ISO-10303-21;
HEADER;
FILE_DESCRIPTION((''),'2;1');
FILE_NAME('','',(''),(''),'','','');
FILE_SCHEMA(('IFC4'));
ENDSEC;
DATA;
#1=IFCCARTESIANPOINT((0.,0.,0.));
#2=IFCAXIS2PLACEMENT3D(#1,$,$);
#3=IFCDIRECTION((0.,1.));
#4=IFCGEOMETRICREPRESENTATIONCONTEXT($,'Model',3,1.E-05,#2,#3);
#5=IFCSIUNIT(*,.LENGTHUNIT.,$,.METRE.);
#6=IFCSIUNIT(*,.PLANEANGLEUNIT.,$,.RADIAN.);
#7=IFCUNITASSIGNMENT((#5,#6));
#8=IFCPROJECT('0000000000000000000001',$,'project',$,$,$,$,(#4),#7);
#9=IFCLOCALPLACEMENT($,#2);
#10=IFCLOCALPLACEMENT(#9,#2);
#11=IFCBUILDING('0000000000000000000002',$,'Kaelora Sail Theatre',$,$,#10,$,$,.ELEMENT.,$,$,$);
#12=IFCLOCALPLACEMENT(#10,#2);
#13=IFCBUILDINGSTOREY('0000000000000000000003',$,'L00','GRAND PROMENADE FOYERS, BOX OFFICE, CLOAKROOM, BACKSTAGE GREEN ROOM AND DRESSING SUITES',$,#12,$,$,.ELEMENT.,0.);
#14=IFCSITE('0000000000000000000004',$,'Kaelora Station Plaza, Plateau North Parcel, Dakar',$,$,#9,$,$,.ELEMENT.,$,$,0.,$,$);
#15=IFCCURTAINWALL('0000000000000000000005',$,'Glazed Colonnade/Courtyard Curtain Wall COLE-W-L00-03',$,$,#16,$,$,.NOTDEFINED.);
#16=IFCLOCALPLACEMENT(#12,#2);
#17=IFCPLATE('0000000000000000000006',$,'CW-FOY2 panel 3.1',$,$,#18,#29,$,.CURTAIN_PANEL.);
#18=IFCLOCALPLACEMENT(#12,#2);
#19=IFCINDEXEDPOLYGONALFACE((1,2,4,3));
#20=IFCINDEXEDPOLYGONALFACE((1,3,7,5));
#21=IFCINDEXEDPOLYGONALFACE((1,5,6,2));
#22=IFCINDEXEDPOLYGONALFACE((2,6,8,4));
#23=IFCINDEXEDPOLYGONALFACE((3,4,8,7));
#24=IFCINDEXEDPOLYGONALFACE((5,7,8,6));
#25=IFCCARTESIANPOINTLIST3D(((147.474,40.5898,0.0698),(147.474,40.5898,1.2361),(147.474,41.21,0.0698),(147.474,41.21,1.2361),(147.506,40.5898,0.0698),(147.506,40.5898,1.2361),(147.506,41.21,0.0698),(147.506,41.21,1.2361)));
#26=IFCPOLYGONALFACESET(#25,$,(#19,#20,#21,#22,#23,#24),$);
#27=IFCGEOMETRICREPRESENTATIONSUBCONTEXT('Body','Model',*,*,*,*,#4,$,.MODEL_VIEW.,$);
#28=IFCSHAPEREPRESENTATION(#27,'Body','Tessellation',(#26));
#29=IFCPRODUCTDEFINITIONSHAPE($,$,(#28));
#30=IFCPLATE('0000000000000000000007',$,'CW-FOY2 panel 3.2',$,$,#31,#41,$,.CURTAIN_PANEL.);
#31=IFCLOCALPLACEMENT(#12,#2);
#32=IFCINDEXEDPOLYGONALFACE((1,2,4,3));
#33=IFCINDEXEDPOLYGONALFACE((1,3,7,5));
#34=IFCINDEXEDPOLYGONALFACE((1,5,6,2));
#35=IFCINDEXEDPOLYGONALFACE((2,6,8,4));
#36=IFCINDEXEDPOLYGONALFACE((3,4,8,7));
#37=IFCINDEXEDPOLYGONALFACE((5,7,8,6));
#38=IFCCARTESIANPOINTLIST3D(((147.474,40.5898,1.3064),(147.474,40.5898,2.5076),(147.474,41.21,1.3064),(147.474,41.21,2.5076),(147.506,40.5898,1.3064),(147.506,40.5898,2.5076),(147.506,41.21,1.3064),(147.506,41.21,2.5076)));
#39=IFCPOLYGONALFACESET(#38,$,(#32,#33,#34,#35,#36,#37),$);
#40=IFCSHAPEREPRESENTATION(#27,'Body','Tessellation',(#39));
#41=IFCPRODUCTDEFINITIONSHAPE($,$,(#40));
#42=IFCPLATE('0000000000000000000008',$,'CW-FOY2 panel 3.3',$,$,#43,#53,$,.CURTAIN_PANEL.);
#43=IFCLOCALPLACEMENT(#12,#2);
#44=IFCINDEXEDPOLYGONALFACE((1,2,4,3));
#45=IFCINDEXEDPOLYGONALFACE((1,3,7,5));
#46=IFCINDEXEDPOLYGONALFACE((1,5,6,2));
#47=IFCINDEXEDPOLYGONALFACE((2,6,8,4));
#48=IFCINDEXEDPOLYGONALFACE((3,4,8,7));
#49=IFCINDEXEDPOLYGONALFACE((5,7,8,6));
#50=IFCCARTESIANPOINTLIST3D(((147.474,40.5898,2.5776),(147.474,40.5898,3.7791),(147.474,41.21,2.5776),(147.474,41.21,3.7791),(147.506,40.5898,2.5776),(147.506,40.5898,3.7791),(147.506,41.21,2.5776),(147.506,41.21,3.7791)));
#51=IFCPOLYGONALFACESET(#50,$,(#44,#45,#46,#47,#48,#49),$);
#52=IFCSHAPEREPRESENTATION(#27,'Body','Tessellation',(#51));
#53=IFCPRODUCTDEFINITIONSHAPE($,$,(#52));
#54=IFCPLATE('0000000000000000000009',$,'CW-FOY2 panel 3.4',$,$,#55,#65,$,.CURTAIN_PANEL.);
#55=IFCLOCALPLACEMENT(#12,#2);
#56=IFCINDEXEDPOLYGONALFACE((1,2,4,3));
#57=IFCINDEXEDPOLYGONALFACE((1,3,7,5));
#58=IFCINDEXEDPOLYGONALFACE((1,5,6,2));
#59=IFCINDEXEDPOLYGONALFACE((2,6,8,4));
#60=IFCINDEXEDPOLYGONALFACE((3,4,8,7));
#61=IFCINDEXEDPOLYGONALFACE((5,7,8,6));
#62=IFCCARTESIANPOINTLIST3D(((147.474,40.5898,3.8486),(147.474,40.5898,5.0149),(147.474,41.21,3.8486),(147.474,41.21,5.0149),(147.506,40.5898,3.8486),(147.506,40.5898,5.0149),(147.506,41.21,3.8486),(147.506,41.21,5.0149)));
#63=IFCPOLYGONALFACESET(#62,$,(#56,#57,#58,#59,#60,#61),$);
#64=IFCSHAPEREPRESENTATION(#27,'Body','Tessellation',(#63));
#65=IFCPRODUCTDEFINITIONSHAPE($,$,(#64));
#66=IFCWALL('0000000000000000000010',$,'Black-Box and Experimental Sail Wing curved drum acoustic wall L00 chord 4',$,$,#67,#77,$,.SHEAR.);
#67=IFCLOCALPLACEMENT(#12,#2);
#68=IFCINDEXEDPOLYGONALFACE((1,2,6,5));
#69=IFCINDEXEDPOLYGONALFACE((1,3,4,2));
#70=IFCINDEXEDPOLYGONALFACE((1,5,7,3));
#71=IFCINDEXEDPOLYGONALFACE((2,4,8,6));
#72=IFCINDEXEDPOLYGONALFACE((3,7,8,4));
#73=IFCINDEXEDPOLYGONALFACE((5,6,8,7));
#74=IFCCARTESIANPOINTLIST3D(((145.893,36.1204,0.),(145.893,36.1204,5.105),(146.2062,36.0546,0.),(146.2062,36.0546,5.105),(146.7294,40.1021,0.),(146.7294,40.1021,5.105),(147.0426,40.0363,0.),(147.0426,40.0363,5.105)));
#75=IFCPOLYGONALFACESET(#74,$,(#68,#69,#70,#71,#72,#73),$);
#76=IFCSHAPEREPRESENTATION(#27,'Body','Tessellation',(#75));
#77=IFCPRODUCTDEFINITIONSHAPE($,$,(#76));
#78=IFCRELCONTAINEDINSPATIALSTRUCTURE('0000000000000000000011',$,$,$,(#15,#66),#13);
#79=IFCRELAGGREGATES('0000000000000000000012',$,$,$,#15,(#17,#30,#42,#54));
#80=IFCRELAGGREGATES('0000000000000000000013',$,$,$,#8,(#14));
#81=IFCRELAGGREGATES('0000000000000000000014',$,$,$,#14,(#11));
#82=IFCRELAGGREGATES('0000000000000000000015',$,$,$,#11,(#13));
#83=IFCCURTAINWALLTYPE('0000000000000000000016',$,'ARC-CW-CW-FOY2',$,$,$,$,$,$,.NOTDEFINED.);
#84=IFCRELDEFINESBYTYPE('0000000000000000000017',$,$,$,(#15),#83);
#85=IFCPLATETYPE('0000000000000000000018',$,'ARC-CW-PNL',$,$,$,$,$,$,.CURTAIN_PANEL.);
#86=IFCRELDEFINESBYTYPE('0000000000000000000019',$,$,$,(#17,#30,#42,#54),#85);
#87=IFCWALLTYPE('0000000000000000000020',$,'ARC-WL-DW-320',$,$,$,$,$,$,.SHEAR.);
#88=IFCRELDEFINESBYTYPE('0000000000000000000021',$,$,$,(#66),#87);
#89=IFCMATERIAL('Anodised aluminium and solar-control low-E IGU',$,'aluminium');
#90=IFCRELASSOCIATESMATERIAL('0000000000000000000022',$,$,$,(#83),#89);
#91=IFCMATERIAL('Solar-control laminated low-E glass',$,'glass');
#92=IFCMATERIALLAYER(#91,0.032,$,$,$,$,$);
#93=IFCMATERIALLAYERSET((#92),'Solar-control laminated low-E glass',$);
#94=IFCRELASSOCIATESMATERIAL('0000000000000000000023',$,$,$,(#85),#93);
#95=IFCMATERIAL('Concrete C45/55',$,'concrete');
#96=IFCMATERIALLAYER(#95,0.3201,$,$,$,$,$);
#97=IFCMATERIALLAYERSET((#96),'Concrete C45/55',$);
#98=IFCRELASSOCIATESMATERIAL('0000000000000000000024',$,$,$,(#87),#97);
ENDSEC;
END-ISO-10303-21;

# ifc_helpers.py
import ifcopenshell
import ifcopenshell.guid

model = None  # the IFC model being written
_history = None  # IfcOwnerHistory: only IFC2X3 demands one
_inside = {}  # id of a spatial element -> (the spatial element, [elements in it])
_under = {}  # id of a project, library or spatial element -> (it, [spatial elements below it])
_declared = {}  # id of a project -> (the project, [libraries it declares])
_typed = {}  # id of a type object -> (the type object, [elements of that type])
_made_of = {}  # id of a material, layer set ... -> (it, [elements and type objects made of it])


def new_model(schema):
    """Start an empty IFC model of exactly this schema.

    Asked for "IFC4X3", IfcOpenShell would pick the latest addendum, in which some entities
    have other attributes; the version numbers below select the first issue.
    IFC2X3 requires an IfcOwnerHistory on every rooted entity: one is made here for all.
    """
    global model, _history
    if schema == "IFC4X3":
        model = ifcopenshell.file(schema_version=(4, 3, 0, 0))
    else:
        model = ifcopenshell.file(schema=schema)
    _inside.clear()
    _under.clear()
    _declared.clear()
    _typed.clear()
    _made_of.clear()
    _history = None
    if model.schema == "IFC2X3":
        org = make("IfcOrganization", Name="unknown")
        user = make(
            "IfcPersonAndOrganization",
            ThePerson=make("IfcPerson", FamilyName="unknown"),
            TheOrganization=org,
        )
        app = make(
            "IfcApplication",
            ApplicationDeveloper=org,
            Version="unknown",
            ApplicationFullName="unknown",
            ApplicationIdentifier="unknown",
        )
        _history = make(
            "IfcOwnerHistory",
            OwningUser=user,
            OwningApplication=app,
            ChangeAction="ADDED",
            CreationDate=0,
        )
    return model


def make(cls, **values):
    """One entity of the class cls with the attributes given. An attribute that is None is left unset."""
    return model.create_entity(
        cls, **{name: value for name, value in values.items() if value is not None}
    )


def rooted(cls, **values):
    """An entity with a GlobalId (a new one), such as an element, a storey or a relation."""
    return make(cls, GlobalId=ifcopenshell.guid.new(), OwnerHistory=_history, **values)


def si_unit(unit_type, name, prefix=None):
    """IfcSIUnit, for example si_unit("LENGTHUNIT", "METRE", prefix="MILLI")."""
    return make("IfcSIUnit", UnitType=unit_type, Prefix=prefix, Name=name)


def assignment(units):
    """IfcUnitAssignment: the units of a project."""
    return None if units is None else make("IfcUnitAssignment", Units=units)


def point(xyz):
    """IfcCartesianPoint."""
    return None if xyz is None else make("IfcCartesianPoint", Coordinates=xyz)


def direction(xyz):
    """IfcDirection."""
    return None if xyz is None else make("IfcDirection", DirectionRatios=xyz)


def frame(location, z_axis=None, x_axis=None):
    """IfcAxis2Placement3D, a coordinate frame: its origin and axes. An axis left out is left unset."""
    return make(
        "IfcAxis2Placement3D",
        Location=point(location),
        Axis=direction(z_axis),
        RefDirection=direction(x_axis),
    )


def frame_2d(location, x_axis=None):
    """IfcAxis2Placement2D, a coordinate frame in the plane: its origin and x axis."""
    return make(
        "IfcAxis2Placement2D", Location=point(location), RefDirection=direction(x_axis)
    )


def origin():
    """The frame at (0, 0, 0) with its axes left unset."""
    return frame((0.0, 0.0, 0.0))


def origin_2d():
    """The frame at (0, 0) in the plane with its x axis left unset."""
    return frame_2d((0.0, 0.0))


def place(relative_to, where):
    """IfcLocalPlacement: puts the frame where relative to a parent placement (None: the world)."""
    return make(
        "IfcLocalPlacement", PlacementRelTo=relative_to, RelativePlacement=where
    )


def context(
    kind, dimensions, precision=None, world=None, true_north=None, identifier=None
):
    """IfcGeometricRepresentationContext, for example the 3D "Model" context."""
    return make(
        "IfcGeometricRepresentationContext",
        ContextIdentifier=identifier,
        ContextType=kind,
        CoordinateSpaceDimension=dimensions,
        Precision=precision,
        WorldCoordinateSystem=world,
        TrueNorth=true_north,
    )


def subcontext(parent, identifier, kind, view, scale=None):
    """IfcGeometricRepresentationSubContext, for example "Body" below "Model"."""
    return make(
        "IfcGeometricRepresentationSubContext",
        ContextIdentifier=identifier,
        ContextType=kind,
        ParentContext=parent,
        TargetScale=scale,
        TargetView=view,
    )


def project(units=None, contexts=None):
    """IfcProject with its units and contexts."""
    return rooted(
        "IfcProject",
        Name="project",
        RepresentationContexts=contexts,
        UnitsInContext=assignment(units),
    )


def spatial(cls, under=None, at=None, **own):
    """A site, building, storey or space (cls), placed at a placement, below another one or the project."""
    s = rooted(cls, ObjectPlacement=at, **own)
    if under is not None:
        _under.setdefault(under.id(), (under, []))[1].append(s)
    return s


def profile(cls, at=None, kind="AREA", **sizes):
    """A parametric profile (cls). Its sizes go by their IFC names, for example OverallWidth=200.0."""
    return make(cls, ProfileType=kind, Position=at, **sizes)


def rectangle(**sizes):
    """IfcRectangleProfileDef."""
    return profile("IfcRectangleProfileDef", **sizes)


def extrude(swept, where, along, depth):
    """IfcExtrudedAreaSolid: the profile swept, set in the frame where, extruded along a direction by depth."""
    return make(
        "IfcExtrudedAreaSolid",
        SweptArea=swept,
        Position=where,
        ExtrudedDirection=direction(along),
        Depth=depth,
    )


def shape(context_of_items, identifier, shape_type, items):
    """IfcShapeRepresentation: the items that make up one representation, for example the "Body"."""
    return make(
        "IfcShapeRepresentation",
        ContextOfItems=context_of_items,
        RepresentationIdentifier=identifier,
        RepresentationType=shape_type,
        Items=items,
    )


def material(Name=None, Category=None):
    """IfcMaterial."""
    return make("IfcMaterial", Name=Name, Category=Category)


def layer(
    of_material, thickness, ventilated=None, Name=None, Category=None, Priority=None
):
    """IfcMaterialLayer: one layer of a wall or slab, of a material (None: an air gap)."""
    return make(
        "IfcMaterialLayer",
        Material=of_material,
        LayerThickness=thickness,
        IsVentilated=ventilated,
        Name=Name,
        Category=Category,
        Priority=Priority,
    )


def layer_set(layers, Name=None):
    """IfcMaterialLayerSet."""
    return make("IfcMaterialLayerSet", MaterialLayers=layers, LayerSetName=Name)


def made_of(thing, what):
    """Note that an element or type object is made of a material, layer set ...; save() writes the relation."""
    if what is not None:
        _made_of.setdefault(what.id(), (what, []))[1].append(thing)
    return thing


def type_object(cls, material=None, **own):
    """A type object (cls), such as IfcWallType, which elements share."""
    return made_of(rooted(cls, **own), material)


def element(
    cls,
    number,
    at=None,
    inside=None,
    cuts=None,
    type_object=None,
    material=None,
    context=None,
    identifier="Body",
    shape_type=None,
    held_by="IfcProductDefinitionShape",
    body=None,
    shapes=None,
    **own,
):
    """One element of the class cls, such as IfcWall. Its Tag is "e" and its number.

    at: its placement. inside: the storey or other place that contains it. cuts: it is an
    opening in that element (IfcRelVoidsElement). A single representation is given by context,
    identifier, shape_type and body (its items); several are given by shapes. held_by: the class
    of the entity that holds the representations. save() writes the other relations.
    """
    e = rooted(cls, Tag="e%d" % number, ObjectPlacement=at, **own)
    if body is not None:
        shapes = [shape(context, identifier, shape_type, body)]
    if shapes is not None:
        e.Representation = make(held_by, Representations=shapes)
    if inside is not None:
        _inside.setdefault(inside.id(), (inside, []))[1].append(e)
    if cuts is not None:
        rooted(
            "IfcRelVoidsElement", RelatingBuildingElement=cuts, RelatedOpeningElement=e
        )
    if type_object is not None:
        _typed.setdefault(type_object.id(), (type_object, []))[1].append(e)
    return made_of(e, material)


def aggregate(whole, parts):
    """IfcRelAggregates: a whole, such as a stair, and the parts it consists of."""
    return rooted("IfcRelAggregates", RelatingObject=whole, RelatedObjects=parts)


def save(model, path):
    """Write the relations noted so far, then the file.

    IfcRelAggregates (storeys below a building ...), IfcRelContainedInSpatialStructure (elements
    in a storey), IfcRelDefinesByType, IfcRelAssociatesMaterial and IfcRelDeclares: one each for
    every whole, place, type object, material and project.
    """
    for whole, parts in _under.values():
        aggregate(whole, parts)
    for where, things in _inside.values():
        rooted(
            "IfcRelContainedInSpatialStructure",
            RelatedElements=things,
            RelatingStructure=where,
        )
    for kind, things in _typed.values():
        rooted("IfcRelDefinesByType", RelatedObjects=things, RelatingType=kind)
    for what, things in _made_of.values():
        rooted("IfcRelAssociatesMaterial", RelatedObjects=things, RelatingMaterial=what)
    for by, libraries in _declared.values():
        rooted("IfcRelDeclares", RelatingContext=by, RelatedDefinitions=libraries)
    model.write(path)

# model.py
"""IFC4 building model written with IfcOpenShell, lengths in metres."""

from ifc_helpers import new_model, si_unit, direction, frame, frame_2d, origin, origin_2d, place, context, subcontext, project, spatial, rectangle, extrude, material, layer, layer_set, type_object, element, aggregate, save


model = new_model("IFC4")

# Units and contexts
model_context = context("Model", 3, precision=1e-05, world=origin(), true_north=direction((0.0, 1.0)))
body_context = subcontext(model_context, "Body", "Model", "MODEL_VIEW")
ifc_project = project(units=[si_unit("LENGTHUNIT", "METRE"), si_unit("PLANEANGLEUNIT", "RADIAN")], contexts=[model_context])

# Site, building, storey
site_placement = place(None, origin())
site = spatial("IfcSite", under=ifc_project, at=site_placement, Name="Kaelora Station Plaza, Plateau North Parcel, Dakar", CompositionType="ELEMENT", RefElevation=0.0)
building_placement = place(site_placement, origin())
building = spatial("IfcBuilding", under=site, at=building_placement, Name="Kaelora Sail Theatre", CompositionType="ELEMENT")
storey_placement = place(building_placement, origin())
storey = spatial("IfcBuildingStorey", under=building, at=storey_placement, Name="L00", Description="GRAND PROMENADE FOYERS, BOX OFFICE, CLOAKROOM, BACKSTAGE GREEN ROOM AND DRESSING SUITES", CompositionType="ELEMENT", Elevation=0.0)

# Curtain wall
ifc_material_1 = material(Name="Anodised aluminium and solar-control low-E IGU", Category="aluminium")
curtain_wall_type = type_object("IfcCurtainWallType", Name="ARC-CW-CW-FOY2", PredefinedType="NOTDEFINED", material=ifc_material_1)
curtain_wall_placement = place(storey_placement, origin())
curtain_wall = element("IfcCurtainWall", 1, at=curtain_wall_placement, inside=storey, type_object=curtain_wall_type, Name="Glazed Colonnade/Courtyard Curtain Wall COLE-W-L00-03", PredefinedType="NOTDEFINED")

# Plates
ifc_material_2 = material(Name="Solar-control laminated low-E glass", Category="glass")
ifc_layer_1 = layer(ifc_material_2, 0.032)
ifc_layer_set_1 = layer_set([ifc_layer_1], Name="Solar-control laminated low-E glass")
plate_type = type_object("IfcPlateType", Name="ARC-CW-PNL", PredefinedType="CURTAIN_PANEL", material=ifc_layer_set_1)
plate_1_placement = place(storey_placement, frame((147.49, 40.8999, 0.0698), z_axis=(0.0, 0.0, 1.0), x_axis=(0.0, 1.0, 0.0)))
plate_1 = element("IfcPlate", 2, at=plate_1_placement, type_object=plate_type, Name="CW-FOY2 panel 3.1", PredefinedType="CURTAIN_PANEL", context=body_context, shape_type="SweptSolid", body=[
    extrude(rectangle(XDim=0.6201, YDim=0.032, at=origin_2d()), origin(), (0.0, 0.0, 1.0), 1.1663),
])
plate_2_placement = place(storey_placement, frame((147.49, 40.8999, 1.3064), z_axis=(0.0, 0.0, 1.0), x_axis=(0.0, 1.0, 0.0)))
plate_2 = element("IfcPlate", 3, at=plate_2_placement, type_object=plate_type, Name="CW-FOY2 panel 3.2", PredefinedType="CURTAIN_PANEL", context=body_context, shape_type="SweptSolid", body=[
    extrude(rectangle(XDim=0.6201, YDim=0.032, at=origin_2d()), origin(), (0.0, 0.0, 1.0), 1.2012),
])
plate_3_placement = place(storey_placement, frame((147.49, 40.8999, 2.5776), z_axis=(0.0, 0.0, 1.0), x_axis=(0.0, 1.0, 0.0)))
plate_3 = element("IfcPlate", 4, at=plate_3_placement, type_object=plate_type, Name="CW-FOY2 panel 3.3", PredefinedType="CURTAIN_PANEL", context=body_context, shape_type="SweptSolid", body=[
    extrude(rectangle(XDim=0.6201, YDim=0.032, at=origin_2d()), origin(), (0.0, 0.0, 1.0), 1.2014),
])
plate_4_placement = place(storey_placement, frame((147.49, 40.8999, 3.8486), z_axis=(0.0, 0.0, 1.0), x_axis=(0.0, 1.0, 0.0)))
plate_4 = element("IfcPlate", 5, at=plate_4_placement, type_object=plate_type, Name="CW-FOY2 panel 3.4", PredefinedType="CURTAIN_PANEL", context=body_context, shape_type="SweptSolid", body=[
    extrude(rectangle(XDim=0.6201, YDim=0.032, at=origin_2d()), origin(), (0.0, 0.0, 1.0), 1.1663),
])
aggregate(curtain_wall, [plate_1, plate_2, plate_3, plate_4])

# Wall
ifc_material_3 = material(Name="Concrete C45/55", Category="concrete")
ifc_layer_2 = layer(ifc_material_3, 0.3201)
ifc_layer_set_2 = layer_set([ifc_layer_2], Name="Concrete C45/55")
wall_type = type_object("IfcWallType", Name="ARC-WL-DW-320", PredefinedType="SHEAR", material=ifc_layer_set_2)
wall_placement = place(storey_placement, frame((146.886, 40.0691, 0.0), z_axis=(0.0, 0.0, 1.0), x_axis=(-0.205581, -0.97864, 0.0)))
element("IfcWall", 6, at=wall_placement, inside=storey, type_object=wall_type, Name="Black-Box and Experimental Sail Wing curved drum acoustic wall L00 chord 4", PredefinedType="SHEAR", context=body_context, shape_type="SweptSolid", body=[
    extrude(rectangle(XDim=4.0686, YDim=0.3201, at=frame_2d((2.0342, 0.0))), origin(), (0.0, 0.0, 1.0), 5.105),
])

save(model, "model.ifc")
